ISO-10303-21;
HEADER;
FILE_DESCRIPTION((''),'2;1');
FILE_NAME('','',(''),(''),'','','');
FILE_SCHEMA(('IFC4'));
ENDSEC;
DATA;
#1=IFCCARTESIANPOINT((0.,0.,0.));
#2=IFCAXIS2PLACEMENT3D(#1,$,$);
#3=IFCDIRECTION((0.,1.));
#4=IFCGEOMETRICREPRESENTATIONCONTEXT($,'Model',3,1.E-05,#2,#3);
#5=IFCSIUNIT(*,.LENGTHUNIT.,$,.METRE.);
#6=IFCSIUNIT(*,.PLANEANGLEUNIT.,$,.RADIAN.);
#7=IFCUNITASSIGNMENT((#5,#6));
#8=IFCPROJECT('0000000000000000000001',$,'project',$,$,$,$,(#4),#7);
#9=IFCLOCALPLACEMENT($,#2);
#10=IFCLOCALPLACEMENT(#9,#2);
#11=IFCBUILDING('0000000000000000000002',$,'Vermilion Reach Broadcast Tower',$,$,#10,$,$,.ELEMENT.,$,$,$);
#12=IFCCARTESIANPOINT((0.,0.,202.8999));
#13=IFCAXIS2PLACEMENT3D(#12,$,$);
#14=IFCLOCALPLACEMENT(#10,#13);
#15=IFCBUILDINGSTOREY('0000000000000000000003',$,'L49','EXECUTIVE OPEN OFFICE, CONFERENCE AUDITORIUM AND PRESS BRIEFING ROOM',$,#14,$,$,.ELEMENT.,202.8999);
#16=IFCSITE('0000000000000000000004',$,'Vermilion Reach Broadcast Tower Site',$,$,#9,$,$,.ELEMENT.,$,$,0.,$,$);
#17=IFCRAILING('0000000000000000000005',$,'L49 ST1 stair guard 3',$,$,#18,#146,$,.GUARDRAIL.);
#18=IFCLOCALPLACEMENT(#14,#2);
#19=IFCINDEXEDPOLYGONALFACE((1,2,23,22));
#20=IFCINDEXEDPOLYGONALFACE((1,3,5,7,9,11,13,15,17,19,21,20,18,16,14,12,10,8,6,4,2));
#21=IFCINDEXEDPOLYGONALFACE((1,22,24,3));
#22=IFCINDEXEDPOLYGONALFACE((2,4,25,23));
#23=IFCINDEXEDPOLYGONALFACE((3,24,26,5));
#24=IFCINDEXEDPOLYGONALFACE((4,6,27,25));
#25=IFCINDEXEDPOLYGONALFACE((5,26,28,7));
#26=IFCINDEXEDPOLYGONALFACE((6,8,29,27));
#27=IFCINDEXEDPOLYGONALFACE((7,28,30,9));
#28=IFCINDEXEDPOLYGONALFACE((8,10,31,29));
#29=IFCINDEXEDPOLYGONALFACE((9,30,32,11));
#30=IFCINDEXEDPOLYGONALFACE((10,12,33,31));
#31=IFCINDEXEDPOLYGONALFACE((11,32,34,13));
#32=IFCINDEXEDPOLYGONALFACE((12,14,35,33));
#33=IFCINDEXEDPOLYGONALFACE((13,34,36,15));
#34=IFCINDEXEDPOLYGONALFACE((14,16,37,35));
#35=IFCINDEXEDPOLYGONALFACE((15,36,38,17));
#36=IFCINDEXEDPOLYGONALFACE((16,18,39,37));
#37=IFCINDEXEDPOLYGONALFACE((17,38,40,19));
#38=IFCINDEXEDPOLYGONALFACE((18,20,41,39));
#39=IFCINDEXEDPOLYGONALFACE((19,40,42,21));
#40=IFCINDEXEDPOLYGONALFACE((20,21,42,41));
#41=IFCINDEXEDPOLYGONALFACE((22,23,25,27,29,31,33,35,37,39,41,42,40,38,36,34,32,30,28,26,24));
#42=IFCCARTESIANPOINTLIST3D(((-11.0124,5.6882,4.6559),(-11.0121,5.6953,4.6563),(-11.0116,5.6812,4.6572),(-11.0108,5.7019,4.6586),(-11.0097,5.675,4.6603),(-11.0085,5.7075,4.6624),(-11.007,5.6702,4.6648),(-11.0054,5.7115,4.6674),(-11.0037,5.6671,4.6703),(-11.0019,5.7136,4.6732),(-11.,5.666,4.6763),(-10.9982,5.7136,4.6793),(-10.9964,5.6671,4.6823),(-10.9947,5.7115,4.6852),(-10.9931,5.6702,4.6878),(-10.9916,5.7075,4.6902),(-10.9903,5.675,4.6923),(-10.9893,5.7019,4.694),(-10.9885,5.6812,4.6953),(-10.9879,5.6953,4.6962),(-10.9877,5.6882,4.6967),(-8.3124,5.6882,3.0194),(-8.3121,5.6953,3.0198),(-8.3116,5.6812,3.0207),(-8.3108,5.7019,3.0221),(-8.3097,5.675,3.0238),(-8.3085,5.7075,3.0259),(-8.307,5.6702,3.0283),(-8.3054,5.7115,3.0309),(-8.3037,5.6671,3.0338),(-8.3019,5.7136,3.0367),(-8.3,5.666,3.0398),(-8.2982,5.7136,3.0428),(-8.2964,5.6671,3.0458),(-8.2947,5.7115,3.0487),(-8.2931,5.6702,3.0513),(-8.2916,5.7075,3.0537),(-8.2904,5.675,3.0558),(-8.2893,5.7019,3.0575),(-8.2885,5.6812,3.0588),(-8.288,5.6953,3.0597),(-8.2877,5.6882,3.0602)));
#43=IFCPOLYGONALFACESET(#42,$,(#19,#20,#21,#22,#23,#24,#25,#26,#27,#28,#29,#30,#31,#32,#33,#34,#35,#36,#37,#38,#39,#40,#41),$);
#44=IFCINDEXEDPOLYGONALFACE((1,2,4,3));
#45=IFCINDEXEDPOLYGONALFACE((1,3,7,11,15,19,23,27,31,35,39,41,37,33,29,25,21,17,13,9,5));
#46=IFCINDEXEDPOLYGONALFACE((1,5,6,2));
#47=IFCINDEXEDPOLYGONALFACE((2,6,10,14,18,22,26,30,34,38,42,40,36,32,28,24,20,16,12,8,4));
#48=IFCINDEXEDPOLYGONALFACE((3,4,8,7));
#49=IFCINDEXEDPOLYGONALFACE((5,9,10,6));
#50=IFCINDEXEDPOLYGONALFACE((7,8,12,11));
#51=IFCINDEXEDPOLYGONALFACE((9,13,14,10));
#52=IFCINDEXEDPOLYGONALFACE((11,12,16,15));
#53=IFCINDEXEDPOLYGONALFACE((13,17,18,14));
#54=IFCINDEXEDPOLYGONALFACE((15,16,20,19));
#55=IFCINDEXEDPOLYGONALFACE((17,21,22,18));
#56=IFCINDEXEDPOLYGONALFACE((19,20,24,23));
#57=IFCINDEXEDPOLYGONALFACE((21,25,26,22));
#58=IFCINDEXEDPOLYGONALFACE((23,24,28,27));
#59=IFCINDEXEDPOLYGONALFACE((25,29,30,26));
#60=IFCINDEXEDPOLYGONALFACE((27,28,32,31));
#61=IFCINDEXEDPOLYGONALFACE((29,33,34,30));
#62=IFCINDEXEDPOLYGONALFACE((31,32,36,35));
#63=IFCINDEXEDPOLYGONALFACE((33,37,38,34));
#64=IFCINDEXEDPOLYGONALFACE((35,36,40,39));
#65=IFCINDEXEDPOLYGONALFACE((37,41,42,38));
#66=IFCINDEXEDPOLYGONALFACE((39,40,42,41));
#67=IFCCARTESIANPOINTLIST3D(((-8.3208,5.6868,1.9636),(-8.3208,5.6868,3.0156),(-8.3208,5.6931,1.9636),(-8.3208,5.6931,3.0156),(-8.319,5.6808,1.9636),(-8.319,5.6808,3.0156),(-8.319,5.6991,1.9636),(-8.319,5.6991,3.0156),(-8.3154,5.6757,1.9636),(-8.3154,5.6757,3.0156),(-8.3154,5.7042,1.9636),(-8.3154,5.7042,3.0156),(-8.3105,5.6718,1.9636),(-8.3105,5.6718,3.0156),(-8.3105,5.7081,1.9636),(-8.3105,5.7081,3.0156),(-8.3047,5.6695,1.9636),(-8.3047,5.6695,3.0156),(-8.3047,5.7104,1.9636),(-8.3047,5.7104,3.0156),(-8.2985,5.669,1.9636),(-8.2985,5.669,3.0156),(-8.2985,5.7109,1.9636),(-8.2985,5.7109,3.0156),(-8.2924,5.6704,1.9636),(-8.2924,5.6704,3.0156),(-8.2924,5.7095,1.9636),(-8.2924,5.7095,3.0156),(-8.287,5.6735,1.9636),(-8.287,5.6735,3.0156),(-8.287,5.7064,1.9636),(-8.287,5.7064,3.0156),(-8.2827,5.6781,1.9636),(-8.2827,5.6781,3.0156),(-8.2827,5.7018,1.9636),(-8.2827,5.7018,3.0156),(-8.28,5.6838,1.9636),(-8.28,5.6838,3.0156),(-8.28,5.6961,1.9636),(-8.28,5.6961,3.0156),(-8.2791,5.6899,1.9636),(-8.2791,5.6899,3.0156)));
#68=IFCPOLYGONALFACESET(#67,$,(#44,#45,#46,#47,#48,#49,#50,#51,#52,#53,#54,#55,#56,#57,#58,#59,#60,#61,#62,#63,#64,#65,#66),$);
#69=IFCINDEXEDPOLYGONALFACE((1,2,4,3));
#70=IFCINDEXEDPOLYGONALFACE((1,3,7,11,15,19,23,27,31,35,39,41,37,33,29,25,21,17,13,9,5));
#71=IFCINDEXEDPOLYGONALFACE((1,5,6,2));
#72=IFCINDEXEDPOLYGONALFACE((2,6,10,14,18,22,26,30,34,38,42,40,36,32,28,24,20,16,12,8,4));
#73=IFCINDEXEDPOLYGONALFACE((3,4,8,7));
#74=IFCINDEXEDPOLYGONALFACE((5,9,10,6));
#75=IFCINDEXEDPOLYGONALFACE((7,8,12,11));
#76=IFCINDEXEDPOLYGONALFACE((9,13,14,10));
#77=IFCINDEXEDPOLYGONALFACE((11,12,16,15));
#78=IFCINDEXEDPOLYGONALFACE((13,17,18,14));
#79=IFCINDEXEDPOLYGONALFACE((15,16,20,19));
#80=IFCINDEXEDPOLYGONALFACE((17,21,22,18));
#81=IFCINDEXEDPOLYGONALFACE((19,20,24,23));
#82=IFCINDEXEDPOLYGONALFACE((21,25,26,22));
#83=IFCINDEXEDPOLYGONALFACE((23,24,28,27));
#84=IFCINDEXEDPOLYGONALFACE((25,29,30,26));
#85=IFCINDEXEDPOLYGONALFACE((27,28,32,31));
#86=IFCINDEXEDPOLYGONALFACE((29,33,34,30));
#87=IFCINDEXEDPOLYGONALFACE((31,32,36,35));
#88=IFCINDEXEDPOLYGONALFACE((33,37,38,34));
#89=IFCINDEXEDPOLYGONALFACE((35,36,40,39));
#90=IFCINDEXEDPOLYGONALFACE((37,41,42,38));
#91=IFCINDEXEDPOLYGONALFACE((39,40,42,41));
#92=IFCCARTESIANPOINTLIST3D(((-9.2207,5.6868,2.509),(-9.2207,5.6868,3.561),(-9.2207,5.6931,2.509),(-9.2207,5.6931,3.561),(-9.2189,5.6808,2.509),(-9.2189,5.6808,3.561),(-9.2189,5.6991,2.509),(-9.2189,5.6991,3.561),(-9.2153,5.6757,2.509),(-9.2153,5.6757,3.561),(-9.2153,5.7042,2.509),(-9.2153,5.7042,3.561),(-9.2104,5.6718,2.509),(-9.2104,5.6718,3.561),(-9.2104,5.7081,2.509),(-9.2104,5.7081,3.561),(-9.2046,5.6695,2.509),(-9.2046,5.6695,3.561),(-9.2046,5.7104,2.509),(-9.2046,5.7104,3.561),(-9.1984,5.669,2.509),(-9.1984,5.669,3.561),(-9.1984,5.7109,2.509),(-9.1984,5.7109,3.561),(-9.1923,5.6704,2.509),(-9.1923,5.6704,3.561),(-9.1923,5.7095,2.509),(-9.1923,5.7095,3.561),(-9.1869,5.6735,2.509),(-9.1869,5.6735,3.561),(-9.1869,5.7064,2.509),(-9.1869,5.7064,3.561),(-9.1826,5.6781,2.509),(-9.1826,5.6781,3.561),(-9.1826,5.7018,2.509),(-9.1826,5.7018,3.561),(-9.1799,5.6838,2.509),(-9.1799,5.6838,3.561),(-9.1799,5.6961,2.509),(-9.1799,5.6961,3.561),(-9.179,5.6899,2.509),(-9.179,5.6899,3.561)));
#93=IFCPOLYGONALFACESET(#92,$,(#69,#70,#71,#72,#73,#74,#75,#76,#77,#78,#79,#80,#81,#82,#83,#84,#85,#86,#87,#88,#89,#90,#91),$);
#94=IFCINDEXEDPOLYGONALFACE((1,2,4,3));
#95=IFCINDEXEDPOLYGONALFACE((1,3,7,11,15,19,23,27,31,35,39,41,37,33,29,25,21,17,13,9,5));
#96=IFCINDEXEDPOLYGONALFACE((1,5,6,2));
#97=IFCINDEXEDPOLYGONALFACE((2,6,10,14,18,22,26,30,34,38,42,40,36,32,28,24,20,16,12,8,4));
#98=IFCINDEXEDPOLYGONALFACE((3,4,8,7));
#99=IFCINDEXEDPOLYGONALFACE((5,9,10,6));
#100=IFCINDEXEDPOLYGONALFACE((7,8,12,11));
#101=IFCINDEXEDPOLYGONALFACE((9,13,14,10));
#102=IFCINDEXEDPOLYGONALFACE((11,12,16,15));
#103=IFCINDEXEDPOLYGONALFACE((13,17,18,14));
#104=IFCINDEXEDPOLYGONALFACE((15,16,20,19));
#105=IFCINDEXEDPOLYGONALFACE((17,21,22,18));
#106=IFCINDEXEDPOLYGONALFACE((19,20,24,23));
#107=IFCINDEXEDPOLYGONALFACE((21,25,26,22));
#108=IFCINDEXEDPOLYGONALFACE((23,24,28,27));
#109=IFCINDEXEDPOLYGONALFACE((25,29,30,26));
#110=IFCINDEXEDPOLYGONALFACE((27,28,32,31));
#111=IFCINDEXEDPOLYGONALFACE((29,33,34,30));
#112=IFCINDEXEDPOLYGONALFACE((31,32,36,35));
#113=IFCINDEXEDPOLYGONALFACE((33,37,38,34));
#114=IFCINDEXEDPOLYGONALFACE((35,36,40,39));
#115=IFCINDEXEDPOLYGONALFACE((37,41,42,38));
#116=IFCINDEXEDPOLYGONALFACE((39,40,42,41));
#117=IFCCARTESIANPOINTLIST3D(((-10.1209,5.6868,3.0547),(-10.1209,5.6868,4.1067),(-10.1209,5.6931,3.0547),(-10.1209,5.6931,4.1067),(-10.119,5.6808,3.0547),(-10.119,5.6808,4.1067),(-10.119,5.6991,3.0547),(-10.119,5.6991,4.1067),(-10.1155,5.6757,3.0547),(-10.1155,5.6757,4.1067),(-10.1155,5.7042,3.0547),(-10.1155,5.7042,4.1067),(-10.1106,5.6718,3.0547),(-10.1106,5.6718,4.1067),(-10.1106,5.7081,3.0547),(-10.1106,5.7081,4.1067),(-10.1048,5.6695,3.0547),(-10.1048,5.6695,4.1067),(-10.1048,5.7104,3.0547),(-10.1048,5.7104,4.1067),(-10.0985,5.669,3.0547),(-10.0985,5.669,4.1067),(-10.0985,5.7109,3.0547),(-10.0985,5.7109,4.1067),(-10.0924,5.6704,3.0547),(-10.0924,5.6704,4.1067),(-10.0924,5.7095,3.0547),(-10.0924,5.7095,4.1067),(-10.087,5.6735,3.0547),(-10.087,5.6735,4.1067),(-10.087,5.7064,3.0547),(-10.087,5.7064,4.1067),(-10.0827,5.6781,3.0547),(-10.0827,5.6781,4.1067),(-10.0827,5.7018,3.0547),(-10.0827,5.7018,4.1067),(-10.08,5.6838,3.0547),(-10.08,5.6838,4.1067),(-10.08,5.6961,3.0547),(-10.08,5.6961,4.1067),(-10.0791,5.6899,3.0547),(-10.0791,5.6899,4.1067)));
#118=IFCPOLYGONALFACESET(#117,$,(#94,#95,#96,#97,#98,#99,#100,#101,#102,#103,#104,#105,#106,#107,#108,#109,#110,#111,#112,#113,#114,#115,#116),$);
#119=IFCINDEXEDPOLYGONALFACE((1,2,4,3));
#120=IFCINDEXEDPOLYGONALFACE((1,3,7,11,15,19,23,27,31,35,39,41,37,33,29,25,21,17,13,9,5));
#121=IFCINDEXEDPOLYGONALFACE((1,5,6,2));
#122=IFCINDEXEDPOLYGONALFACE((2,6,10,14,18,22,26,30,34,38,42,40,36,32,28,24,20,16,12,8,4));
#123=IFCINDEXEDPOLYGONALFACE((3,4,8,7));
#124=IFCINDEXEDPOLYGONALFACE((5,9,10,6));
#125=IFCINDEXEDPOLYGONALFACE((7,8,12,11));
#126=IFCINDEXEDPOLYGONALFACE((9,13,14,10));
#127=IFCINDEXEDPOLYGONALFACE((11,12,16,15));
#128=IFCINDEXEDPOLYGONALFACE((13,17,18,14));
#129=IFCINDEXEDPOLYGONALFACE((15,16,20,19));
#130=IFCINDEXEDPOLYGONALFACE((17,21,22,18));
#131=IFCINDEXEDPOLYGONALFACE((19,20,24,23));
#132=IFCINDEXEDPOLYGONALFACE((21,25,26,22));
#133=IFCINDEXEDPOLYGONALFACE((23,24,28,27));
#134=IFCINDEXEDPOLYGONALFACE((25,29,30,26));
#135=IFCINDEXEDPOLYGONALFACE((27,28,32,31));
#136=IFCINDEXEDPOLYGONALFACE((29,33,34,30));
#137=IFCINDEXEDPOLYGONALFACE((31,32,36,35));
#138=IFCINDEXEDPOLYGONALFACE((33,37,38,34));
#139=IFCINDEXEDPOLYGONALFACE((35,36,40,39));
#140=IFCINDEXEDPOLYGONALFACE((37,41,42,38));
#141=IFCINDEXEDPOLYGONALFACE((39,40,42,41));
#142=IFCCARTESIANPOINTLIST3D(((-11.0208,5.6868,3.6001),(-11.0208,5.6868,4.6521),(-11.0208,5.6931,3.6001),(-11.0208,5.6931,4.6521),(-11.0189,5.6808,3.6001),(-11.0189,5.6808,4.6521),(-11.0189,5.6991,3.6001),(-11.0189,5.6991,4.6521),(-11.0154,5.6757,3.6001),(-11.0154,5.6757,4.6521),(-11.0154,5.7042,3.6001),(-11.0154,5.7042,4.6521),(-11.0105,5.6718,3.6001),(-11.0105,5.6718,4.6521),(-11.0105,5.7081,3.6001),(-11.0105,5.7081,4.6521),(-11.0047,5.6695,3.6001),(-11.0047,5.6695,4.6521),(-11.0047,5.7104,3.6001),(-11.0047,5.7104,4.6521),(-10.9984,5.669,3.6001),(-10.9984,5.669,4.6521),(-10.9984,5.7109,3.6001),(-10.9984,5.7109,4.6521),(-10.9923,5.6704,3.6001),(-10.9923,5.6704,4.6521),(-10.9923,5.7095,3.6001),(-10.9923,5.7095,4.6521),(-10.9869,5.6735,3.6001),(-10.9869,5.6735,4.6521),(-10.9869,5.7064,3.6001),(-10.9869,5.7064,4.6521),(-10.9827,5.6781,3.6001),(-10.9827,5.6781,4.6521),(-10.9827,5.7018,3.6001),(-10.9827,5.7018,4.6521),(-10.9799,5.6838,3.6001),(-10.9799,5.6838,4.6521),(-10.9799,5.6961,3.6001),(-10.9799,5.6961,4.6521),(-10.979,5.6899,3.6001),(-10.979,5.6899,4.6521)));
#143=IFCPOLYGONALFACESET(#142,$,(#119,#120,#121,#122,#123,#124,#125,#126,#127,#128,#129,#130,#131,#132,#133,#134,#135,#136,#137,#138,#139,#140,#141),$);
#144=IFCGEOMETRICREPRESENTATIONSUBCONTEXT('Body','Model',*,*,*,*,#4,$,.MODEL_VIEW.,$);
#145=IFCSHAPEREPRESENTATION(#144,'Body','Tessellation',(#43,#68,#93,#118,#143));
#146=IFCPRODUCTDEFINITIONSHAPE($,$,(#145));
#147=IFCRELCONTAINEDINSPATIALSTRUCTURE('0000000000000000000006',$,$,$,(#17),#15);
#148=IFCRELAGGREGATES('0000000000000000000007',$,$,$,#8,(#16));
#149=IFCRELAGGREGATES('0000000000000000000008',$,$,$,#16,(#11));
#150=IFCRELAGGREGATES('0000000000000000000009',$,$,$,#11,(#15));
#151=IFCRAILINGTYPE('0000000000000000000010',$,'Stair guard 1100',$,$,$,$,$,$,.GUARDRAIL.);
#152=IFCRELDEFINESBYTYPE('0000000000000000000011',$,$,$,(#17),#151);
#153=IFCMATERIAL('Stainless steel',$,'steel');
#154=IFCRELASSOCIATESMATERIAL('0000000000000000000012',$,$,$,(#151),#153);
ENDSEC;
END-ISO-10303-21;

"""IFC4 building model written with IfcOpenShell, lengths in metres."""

from ifc_helpers import new_model, si_unit, direction, frame, origin, origin_2d, place, context, subcontext, project, spatial, circle, extrude, material, type_object, element, save


model = new_model("IFC4")

# Units and contexts
model_context = context("Model", 3, precision=1e-05, world=origin(), true_north=direction((0.0, 1.0)))
body_context = subcontext(model_context, "Body", "Model", "MODEL_VIEW")
ifc_project = project(units=[si_unit("LENGTHUNIT", "METRE"), si_unit("PLANEANGLEUNIT", "RADIAN")], contexts=[model_context])

# Site, building, storey
site_placement = place(None, origin())
site = spatial("IfcSite", under=ifc_project, at=site_placement, Name="Vermilion Reach Broadcast Tower Site", CompositionType="ELEMENT", RefElevation=0.0)
building_placement = place(site_placement, origin())
building = spatial("IfcBuilding", under=site, at=building_placement, Name="Vermilion Reach Broadcast Tower", CompositionType="ELEMENT")
storey_placement = place(building_placement, frame((0.0, 0.0, 202.8999)))
storey = spatial("IfcBuildingStorey", under=building, at=storey_placement, Name="L49", Description="EXECUTIVE OPEN OFFICE, CONFERENCE AUDITORIUM AND PRESS BRIEFING ROOM", CompositionType="ELEMENT", Elevation=202.8999)

# Railing
ifc_material_1 = material(Name="Stainless steel", Category="steel")
railing_type_1 = type_object("IfcRailingType", Name="Stair guard 1100", PredefinedType="GUARDRAIL", material=ifc_material_1)
railing_1_placement = place(storey_placement, frame((-8.3, 5.6899, 1.9636)))
element("IfcRailing", 1, at=railing_1_placement, inside=storey, type_object=railing_type_1, Name="L49 ST1 stair guard 3", PredefinedType="GUARDRAIL", context=body_context, shape_type="SweptSolid", body=[
    extrude(circle(Radius=0.0239, at=origin_2d()), frame((0.0, 0.0, 1.0762), z_axis=(-0.855178, 0.0, 0.518334), x_axis=(0.0, -1.0, 0.0)), (0.0, 0.0, 1.0), 3.1572),
    extrude(circle(Radius=0.021, at=origin_2d()), origin(), (0.0, 0.0, 1.0), 1.052),
    extrude(circle(Radius=0.021, at=origin_2d()), frame((-0.8999, 0.0, 0.5454)), (0.0, 0.0, 1.0), 1.052),
    extrude(circle(Radius=0.021, at=origin_2d()), frame((-1.8, 0.0, 1.0911)), (0.0, 0.0, 1.0), 1.052),
    extrude(circle(Radius=0.021, at=origin_2d()), frame((-2.7, 0.0, 1.6365)), (0.0, 0.0, 1.0), 1.052),
])

save(model, "model.ifc")
